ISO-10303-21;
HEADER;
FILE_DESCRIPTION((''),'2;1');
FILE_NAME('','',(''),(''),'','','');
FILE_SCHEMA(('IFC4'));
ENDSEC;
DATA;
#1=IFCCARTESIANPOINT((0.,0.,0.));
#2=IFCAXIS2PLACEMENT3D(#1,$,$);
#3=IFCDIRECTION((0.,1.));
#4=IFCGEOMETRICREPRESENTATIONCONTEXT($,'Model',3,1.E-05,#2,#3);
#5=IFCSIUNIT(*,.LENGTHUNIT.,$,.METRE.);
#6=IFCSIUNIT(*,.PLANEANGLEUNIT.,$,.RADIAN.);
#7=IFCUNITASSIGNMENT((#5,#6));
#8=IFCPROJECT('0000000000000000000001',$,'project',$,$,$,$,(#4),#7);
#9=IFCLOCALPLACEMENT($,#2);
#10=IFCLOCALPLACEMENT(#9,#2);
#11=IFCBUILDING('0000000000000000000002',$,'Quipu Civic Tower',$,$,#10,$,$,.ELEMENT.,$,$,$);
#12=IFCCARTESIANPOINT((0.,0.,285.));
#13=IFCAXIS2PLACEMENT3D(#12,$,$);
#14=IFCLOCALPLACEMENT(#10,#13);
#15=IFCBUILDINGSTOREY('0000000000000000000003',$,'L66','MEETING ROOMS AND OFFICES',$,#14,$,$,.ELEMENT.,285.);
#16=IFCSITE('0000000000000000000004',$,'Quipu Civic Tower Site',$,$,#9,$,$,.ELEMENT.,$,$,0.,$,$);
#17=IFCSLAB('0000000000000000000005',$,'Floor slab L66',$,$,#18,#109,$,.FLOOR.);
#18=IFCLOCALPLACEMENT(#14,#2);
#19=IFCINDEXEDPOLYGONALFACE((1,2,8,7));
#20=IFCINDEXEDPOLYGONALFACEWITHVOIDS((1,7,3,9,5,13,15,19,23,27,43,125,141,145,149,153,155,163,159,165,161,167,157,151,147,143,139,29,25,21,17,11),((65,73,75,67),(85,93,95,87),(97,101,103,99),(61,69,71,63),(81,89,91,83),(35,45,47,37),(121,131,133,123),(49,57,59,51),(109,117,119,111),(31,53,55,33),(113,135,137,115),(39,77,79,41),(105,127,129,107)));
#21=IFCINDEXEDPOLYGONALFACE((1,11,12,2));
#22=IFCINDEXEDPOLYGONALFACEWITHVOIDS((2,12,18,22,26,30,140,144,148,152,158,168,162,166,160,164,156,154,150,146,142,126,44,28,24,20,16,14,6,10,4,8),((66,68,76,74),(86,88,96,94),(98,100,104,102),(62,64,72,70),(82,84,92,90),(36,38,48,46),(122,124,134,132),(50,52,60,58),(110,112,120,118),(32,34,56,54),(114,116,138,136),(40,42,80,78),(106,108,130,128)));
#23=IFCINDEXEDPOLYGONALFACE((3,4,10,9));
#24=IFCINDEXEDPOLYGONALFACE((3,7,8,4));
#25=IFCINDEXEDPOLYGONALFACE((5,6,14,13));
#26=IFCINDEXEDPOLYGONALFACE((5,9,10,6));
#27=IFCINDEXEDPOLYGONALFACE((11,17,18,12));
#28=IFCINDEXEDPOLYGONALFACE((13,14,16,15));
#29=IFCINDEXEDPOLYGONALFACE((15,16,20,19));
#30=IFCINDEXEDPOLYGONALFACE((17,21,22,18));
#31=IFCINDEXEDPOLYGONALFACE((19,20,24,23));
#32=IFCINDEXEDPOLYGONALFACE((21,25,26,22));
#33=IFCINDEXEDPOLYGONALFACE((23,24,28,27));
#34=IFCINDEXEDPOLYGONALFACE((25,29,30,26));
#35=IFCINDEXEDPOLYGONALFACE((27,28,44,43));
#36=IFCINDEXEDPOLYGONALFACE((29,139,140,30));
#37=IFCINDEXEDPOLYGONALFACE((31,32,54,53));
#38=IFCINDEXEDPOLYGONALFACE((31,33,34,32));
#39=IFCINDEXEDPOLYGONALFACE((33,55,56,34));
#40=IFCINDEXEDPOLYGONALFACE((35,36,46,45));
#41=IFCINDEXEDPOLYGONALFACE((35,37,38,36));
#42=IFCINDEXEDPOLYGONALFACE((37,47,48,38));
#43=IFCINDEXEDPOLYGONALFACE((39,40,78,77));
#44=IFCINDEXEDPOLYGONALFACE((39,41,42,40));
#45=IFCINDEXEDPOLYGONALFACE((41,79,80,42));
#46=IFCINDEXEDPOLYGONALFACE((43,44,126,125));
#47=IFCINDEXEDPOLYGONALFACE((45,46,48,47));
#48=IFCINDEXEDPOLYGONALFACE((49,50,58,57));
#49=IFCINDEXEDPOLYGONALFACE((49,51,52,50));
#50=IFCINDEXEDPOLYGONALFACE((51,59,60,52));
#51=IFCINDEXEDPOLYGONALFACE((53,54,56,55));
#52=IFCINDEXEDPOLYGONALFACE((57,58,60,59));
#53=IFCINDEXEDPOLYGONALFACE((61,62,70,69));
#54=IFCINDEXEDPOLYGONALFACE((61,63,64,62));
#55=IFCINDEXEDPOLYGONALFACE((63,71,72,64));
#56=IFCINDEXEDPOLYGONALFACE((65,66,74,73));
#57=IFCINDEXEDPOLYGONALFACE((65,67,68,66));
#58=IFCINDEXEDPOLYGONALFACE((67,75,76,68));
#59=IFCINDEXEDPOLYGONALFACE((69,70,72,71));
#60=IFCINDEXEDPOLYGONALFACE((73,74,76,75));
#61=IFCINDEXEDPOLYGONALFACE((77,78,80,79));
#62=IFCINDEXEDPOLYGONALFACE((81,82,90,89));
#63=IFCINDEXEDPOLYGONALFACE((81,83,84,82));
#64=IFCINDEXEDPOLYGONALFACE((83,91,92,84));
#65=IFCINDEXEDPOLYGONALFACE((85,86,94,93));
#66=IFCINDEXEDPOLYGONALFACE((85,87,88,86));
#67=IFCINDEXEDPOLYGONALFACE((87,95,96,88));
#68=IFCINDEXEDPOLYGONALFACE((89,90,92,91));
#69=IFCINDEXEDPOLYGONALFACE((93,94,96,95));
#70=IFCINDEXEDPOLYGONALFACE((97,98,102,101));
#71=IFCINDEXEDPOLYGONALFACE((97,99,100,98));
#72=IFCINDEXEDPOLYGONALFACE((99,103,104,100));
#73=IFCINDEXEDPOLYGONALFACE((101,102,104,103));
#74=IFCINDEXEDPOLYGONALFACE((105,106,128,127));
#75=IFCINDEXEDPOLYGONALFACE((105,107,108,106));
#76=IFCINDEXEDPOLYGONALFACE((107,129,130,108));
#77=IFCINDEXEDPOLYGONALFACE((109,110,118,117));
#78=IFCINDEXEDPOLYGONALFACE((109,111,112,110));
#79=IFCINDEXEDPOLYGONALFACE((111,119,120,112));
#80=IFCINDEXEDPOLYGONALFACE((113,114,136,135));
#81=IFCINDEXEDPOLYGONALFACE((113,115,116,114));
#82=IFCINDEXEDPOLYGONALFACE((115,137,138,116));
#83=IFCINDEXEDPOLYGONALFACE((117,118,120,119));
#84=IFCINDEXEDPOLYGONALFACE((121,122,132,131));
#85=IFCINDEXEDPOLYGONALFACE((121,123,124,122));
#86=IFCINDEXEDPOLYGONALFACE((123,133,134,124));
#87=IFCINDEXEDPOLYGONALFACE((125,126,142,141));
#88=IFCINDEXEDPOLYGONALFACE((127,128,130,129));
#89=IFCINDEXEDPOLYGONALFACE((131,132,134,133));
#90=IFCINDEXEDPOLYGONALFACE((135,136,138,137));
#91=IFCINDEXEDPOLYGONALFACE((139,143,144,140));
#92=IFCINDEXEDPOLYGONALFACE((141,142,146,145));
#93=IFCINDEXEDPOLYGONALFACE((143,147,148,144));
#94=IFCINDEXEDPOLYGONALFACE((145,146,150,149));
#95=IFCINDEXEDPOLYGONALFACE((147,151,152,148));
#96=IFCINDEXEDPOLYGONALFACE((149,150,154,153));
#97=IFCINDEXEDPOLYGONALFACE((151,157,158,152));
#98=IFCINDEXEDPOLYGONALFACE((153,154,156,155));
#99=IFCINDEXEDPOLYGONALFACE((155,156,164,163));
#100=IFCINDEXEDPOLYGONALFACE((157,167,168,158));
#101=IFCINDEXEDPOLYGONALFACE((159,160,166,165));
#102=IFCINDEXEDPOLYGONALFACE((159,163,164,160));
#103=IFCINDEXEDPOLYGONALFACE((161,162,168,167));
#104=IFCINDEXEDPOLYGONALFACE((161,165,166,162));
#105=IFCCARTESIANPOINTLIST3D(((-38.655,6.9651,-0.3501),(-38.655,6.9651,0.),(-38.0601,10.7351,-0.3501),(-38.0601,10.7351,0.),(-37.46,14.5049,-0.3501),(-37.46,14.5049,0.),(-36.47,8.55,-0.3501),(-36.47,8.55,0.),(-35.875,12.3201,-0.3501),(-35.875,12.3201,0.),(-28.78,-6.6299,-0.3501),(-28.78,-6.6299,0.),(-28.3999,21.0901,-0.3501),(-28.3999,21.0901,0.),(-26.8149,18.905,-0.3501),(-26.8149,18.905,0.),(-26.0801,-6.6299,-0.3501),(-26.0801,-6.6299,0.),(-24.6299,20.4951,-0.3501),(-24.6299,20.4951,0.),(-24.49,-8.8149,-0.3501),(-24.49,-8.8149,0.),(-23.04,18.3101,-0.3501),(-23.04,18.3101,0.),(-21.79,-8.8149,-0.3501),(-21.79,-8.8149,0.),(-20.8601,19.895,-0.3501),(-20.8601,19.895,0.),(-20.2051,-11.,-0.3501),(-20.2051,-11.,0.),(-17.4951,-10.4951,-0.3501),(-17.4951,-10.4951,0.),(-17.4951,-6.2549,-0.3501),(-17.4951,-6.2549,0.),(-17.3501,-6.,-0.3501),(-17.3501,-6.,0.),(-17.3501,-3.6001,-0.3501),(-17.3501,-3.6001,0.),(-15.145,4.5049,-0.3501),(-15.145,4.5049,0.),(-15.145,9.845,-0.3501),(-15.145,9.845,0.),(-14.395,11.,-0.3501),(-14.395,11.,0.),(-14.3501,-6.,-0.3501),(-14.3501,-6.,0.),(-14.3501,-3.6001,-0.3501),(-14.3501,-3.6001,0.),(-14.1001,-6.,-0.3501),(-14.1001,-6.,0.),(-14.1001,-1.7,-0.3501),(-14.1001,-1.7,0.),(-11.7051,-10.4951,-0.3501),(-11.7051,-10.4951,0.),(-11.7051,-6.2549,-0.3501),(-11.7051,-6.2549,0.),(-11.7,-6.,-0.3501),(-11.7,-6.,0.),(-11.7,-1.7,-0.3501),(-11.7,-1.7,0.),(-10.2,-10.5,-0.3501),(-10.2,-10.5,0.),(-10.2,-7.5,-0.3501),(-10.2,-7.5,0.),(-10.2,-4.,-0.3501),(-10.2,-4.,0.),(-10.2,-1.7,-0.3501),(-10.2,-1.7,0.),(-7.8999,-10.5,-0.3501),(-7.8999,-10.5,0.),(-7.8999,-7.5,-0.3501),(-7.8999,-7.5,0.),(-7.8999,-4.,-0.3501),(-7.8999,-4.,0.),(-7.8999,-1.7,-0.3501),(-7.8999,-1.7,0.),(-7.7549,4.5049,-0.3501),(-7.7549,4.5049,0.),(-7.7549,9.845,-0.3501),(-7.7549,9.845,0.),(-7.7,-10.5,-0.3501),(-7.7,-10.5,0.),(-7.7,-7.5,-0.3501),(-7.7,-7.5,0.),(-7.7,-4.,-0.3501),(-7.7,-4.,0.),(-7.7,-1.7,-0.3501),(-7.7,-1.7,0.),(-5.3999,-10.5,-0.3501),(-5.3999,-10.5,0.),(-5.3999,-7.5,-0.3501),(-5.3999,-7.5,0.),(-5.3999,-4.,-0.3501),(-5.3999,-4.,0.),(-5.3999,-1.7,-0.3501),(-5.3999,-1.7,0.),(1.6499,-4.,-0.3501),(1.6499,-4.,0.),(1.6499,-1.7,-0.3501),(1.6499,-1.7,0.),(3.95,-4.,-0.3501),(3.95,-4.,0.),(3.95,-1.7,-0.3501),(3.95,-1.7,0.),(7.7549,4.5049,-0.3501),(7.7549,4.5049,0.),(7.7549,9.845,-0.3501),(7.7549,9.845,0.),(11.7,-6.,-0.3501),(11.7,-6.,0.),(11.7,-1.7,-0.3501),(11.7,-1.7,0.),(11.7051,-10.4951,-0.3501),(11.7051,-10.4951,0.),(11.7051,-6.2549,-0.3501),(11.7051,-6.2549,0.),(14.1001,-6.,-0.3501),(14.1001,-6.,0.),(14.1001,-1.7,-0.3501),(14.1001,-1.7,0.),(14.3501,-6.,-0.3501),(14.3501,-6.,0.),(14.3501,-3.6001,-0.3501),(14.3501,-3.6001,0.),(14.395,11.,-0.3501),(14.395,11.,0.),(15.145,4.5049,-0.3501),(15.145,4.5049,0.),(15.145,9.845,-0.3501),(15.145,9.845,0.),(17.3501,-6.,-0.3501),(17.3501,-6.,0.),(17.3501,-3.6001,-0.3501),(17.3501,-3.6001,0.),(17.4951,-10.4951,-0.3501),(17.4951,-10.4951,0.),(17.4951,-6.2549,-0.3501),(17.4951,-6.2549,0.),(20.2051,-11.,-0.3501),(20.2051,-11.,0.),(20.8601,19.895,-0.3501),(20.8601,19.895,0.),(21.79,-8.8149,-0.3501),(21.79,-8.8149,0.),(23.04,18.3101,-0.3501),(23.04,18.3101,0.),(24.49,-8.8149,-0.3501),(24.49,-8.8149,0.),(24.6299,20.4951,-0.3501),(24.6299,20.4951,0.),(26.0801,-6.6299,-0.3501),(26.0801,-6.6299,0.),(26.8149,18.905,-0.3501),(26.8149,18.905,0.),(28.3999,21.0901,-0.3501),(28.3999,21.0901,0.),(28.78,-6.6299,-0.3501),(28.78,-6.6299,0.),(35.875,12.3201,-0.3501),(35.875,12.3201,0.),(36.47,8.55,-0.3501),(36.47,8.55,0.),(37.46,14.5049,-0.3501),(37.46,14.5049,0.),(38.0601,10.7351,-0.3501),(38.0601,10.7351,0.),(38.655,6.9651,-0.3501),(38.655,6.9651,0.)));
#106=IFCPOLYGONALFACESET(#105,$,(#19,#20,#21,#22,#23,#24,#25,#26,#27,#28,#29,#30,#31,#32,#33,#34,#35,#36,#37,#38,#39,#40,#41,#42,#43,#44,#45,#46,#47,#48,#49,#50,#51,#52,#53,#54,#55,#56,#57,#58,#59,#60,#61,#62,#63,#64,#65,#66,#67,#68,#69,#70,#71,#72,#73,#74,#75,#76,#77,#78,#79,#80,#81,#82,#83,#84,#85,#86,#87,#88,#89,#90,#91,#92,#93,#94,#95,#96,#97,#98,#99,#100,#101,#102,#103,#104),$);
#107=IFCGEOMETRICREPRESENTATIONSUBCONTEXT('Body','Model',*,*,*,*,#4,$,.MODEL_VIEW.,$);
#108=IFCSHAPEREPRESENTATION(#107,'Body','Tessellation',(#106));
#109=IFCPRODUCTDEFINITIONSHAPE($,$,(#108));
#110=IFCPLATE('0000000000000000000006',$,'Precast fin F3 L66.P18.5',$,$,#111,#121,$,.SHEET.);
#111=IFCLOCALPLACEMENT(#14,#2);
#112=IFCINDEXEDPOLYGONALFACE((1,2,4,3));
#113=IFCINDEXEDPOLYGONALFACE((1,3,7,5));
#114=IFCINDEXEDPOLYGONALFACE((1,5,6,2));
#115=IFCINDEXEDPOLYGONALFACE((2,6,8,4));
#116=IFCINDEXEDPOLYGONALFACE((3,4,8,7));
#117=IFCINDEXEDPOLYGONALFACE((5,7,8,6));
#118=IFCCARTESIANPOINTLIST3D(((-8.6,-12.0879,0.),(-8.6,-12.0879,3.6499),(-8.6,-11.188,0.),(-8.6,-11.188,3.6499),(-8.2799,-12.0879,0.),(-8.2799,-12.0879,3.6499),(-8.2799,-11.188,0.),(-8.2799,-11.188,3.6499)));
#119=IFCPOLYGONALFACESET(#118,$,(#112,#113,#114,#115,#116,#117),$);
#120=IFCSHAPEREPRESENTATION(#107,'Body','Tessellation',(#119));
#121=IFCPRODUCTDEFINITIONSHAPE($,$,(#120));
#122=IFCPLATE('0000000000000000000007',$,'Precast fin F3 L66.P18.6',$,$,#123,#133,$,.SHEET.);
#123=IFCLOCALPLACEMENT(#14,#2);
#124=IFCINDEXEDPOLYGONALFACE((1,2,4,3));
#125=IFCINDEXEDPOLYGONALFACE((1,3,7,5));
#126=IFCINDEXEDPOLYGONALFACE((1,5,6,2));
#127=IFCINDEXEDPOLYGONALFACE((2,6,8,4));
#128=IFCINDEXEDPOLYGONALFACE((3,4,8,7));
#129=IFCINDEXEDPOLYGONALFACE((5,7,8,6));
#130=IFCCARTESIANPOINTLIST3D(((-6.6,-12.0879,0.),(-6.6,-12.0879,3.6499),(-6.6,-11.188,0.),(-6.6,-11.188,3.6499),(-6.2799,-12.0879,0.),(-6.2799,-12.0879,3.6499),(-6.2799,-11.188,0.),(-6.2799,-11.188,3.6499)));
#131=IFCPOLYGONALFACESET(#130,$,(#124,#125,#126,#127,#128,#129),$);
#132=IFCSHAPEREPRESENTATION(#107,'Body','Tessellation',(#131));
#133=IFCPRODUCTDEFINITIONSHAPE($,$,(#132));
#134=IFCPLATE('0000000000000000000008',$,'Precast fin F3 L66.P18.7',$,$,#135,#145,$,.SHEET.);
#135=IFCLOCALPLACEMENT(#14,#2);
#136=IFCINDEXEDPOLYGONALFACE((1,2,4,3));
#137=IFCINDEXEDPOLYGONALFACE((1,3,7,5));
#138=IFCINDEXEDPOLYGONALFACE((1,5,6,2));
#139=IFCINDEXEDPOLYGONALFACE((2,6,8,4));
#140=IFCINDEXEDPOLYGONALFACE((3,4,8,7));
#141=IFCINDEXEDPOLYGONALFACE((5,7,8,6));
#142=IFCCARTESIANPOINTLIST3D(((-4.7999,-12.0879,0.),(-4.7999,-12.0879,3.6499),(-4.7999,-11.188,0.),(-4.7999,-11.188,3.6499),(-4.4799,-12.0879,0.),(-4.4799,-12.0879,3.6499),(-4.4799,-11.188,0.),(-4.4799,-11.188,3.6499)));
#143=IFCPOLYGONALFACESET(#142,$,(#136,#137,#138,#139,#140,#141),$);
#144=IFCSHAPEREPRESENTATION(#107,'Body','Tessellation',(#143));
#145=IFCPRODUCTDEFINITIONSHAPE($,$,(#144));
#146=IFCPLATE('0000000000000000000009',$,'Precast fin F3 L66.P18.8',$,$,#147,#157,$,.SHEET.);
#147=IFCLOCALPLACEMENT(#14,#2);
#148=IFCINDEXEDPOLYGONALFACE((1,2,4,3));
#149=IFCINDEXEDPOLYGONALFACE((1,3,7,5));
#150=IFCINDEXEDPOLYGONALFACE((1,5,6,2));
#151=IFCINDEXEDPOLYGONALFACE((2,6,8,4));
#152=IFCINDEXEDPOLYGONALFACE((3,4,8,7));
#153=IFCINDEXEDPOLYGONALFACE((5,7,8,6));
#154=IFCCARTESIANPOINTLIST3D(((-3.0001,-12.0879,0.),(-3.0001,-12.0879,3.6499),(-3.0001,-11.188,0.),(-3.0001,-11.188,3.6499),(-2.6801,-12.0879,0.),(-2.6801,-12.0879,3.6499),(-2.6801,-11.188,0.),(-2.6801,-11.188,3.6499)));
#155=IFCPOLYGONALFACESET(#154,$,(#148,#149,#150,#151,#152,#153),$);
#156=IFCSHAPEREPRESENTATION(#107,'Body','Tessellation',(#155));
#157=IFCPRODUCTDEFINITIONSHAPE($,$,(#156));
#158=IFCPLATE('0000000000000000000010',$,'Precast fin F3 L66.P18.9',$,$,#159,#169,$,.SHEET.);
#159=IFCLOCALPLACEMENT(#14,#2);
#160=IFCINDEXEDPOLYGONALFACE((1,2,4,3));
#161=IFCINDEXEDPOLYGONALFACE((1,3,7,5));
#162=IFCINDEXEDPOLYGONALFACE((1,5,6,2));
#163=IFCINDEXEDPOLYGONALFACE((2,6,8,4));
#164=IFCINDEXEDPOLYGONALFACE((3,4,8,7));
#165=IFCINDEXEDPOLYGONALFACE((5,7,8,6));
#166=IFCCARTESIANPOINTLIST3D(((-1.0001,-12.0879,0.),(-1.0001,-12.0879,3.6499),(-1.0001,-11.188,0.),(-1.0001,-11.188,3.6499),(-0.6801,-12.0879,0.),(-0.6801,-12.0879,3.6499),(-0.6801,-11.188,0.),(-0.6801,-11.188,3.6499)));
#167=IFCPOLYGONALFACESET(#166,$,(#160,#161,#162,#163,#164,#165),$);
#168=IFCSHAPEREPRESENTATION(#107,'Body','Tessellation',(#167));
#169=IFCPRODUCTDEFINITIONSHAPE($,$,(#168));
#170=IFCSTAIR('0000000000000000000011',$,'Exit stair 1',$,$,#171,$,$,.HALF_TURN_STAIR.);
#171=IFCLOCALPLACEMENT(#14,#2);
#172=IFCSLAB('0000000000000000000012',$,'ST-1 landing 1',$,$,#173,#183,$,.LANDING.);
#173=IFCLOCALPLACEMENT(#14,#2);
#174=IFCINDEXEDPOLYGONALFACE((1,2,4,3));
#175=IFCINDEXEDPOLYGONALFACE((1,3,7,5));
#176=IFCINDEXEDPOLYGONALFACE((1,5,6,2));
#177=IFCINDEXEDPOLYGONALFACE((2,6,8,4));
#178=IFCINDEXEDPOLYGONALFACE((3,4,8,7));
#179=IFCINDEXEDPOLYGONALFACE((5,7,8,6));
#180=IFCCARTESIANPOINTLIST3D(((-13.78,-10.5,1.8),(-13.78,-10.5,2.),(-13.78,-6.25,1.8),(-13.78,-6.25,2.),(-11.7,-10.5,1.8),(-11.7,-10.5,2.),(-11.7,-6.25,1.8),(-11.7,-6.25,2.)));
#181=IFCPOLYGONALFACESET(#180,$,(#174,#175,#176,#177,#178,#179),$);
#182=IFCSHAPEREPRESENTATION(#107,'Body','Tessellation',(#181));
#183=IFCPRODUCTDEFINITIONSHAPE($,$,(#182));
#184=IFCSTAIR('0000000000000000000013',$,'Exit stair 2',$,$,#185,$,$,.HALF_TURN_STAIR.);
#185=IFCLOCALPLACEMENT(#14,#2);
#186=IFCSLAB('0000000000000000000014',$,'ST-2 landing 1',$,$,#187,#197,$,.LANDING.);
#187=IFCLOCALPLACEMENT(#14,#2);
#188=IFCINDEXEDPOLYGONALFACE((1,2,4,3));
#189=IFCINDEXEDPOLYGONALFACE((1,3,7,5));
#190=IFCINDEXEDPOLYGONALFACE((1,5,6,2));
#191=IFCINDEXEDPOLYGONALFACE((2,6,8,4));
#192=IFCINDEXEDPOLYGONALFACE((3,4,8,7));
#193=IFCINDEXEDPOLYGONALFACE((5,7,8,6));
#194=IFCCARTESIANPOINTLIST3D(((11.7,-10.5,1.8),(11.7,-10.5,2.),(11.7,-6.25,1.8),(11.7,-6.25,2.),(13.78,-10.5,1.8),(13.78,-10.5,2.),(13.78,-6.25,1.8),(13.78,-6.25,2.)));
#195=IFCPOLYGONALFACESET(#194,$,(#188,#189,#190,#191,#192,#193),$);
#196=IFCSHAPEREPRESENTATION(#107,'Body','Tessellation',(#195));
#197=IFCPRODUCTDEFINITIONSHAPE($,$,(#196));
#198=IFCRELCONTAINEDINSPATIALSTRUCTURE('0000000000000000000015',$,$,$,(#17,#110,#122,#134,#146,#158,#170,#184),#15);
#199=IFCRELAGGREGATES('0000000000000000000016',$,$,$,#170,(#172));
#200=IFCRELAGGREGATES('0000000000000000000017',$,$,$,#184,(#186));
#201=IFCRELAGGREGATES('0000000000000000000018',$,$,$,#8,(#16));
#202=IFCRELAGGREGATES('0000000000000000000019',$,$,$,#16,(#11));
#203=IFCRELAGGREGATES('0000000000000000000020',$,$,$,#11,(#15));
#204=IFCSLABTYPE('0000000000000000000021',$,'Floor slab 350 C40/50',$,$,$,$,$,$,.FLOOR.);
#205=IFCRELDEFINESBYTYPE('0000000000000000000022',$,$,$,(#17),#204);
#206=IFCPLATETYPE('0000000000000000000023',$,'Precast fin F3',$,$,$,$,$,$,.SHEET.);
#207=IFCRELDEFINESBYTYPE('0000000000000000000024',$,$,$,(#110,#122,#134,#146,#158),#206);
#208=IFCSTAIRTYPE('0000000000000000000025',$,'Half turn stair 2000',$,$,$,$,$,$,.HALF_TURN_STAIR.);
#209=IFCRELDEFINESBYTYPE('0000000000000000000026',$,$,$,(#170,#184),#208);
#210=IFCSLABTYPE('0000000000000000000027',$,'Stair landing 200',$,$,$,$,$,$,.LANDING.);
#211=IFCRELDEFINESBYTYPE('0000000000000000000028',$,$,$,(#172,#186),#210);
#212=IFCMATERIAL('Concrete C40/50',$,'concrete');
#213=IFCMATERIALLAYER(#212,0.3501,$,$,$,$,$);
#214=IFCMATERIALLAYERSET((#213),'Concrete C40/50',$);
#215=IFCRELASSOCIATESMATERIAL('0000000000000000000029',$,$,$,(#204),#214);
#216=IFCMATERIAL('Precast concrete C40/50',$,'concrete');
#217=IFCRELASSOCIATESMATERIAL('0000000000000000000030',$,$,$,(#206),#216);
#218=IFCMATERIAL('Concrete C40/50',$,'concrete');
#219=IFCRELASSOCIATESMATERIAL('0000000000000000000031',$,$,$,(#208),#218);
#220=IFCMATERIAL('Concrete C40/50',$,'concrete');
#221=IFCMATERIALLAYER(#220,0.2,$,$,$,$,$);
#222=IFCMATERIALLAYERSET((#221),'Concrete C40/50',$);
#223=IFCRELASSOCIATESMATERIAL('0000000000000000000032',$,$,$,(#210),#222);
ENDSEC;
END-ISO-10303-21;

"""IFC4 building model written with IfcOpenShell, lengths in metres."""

from ifc_helpers import new_model, si_unit, direction, frame, origin, origin_2d, place, context, subcontext, project, spatial, polyline, rectangle, outline, extrude, material, layer, layer_set, type_object, element, aggregate, save


model = new_model("IFC4")

# Units and contexts
model_context = context("Model", 3, precision=1e-05, world=origin(), true_north=direction((0.0, 1.0)))
body_context = subcontext(model_context, "Body", "Model", "MODEL_VIEW")
ifc_project = project(units=[si_unit("LENGTHUNIT", "METRE"), si_unit("PLANEANGLEUNIT", "RADIAN")], contexts=[model_context])

# Site, building, storey
site_placement = place(None, origin())
site = spatial("IfcSite", under=ifc_project, at=site_placement, Name="Quipu Civic Tower Site", CompositionType="ELEMENT", RefElevation=0.0)
building_placement = place(site_placement, origin())
building = spatial("IfcBuilding", under=site, at=building_placement, Name="Quipu Civic Tower", CompositionType="ELEMENT")
storey_placement = place(building_placement, frame((0.0, 0.0, 285.0)))
storey = spatial("IfcBuildingStorey", under=building, at=storey_placement, Name="L66", Description="MEETING ROOMS AND OFFICES", CompositionType="ELEMENT", Elevation=285.0)

# Slab
ifc_material_1 = material(Name="Concrete C40/50", Category="concrete")
ifc_layer_1 = layer(ifc_material_1, 0.3501)
ifc_layer_set_1 = layer_set([ifc_layer_1], Name="Concrete C40/50")
slab_type_1 = type_object("IfcSlabType", Name="Floor slab 350 C40/50", PredefinedType="FLOOR", material=ifc_layer_set_1)
slab_1_placement = place(storey_placement, frame((0.0, 0.0, -0.3501)))
element("IfcSlab", 1, at=slab_1_placement, inside=storey, type_object=slab_type_1, Name="Floor slab L66", PredefinedType="FLOOR", context=body_context, shape_type="SweptSolid", body=[
    extrude(outline(polyline([(20.8601, 19.895), (23.04, 18.3101), (24.6299, 20.4951), (26.8149, 18.905), (28.3999, 21.0901), (37.46, 14.5049), (35.875, 12.3201), (38.0601, 10.7351), (36.47, 8.55), (38.655, 6.9651), (28.78, -6.6299), (26.0801, -6.6299), (24.49, -8.8149), (21.79, -8.8149), (20.2051, -11.0), (-20.2051, -11.0), (-21.79, -8.8149), (-24.49, -8.8149), (-26.0801, -6.6299), (-28.78, -6.6299), (-38.655, 6.9651), (-36.47, 8.55), (-38.0601, 10.7351), (-35.875, 12.3201), (-37.46, 14.5049), (-28.3999, 21.0901), (-26.8149, 18.905), (-24.6299, 20.4951), (-23.04, 18.3101), (-20.8601, 19.895), (-14.395, 11.0), (14.395, 11.0), (20.8601, 19.895)]), holes=[polyline([(-10.2, -10.5), (-7.8999, -10.5), (-7.8999, -7.5), (-10.2, -7.5), (-10.2, -10.5)]), polyline([(-7.7, -7.5), (-7.7, -10.5), (-5.3999, -10.5), (-5.3999, -7.5), (-7.7, -7.5)]), polyline([(-11.7051, -6.2549), (-17.4951, -6.2549), (-17.4951, -10.4951), (-11.7051, -10.4951), (-11.7051, -6.2549)]), polyline([(-17.3501, -6.0), (-14.3501, -6.0), (-14.3501, -3.6001), (-17.3501, -3.6001), (-17.3501, -6.0)]), polyline([(-14.1001, -1.7), (-14.1001, -6.0), (-11.7, -6.0), (-11.7, -1.7), (-14.1001, -1.7)]), polyline([(-10.2, -1.7), (-10.2, -4.0), (-7.8999, -4.0), (-7.8999, -1.7), (-10.2, -1.7)]), polyline([(-15.145, 9.845), (-15.145, 4.5049), (-7.7549, 4.5049), (-7.7549, 9.845), (-15.145, 9.845)]), polyline([(11.7051, -10.4951), (17.4951, -10.4951), (17.4951, -6.2549), (11.7051, -6.2549), (11.7051, -10.4951)]), polyline([(14.3501, -3.6001), (14.3501, -6.0), (17.3501, -6.0), (17.3501, -3.6001), (14.3501, -3.6001)]), polyline([(11.7, -1.7), (11.7, -6.0), (14.1001, -6.0), (14.1001, -1.7), (11.7, -1.7)]), polyline([(-7.7, -1.7), (-7.7, -4.0), (-5.3999, -4.0), (-5.3999, -1.7), (-7.7, -1.7)]), polyline([(1.6499, -1.7), (1.6499, -4.0), (3.95, -4.0), (3.95, -1.7), (1.6499, -1.7)]), polyline([(7.7549, 4.5049), (15.145, 4.5049), (15.145, 9.845), (7.7549, 9.845), (7.7549, 4.5049)])]), origin(), (0.0, 0.0, 1.0), 0.3501),
])

# Plates
ifc_material_2 = material(Name="Precast concrete C40/50", Category="concrete")
plate_type = type_object("IfcPlateType", Name="Precast fin F3", PredefinedType="SHEET", material=ifc_material_2)
for number, where, z_axis, x_axis, name in (
    (2, (-8.4399, -11.6379, 0.0), (0.0, 0.0, 1.0), (1.0, 0.0, 0.0), "Precast fin F3 L66.P18.5"),
    (3, (-6.4399, -11.6379, 0.0), (0.0, 0.0, 1.0), (1.0, 0.0, 0.0), "Precast fin F3 L66.P18.6"),
    (4, (-4.6399, -11.6379, 0.0), (0.0, 0.0, 1.0), (1.0, 0.0, 0.0), "Precast fin F3 L66.P18.7"),
    (5, (-2.8401, -11.6379, 0.0), (0.0, 0.0, 1.0), (1.0, 0.0, 0.0), "Precast fin F3 L66.P18.8"),
    (6, (-0.8401, -11.6379, 0.0), (0.0, 0.0, 1.0), (1.0, 0.0, 0.0), "Precast fin F3 L66.P18.9"),
):
    element("IfcPlate", number, at=place(storey_placement, frame(where, z_axis=z_axis, x_axis=x_axis)), inside=storey, type_object=plate_type, Name=name, PredefinedType="SHEET", context=body_context, shape_type="SweptSolid", body=[
        extrude(rectangle(XDim=0.3201, YDim=0.8999, at=origin_2d()), origin(), (0.0, 0.0, 1.0), 3.6499),
    ])

# Stairs, slabs
ifc_material_3 = material(Name="Concrete C40/50", Category="concrete")
stair_type_1 = type_object("IfcStairType", Name="Half turn stair 2000", PredefinedType="HALF_TURN_STAIR", material=ifc_material_3)
stair_1_placement = place(storey_placement, origin())
stair_1 = element("IfcStair", 7, at=stair_1_placement, inside=storey, type_object=stair_type_1, Name="Exit stair 1", PredefinedType="HALF_TURN_STAIR")
ifc_material_4 = material(Name="Concrete C40/50", Category="concrete")
ifc_layer_2 = layer(ifc_material_4, 0.2)
ifc_layer_set_2 = layer_set([ifc_layer_2], Name="Concrete C40/50")
slab_type_2 = type_object("IfcSlabType", Name="Stair landing 200", PredefinedType="LANDING", material=ifc_layer_set_2)
slab_2_placement = place(storey_placement, frame((0.0, 0.0, 1.8)))
slab_2 = element("IfcSlab", 8, at=slab_2_placement, type_object=slab_type_2, Name="ST-1 landing 1", PredefinedType="LANDING", context=body_context, shape_type="SweptSolid", body=[
    extrude(outline(polyline([(-13.78, -10.5), (-11.7, -10.5), (-11.7, -6.25), (-13.78, -6.25), (-13.78, -10.5)])), origin(), (0.0, 0.0, 1.0), 0.2),
])
aggregate(stair_1, [slab_2])
stair_2_placement = place(storey_placement, origin())
stair_2 = element("IfcStair", 9, at=stair_2_placement, inside=storey, type_object=stair_type_1, Name="Exit stair 2", PredefinedType="HALF_TURN_STAIR")
slab_3_placement = place(storey_placement, frame((0.0, 0.0, 1.8)))
slab_3 = element("IfcSlab", 10, at=slab_3_placement, type_object=slab_type_2, Name="ST-2 landing 1", PredefinedType="LANDING", context=body_context, shape_type="SweptSolid", body=[
    extrude(outline(polyline([(13.78, -6.25), (11.7, -6.25), (11.7, -10.5), (13.78, -10.5), (13.78, -6.25)])), origin(), (0.0, 0.0, 1.0), 0.2),
])
aggregate(stair_2, [slab_3])

save(model, "model.ifc")
